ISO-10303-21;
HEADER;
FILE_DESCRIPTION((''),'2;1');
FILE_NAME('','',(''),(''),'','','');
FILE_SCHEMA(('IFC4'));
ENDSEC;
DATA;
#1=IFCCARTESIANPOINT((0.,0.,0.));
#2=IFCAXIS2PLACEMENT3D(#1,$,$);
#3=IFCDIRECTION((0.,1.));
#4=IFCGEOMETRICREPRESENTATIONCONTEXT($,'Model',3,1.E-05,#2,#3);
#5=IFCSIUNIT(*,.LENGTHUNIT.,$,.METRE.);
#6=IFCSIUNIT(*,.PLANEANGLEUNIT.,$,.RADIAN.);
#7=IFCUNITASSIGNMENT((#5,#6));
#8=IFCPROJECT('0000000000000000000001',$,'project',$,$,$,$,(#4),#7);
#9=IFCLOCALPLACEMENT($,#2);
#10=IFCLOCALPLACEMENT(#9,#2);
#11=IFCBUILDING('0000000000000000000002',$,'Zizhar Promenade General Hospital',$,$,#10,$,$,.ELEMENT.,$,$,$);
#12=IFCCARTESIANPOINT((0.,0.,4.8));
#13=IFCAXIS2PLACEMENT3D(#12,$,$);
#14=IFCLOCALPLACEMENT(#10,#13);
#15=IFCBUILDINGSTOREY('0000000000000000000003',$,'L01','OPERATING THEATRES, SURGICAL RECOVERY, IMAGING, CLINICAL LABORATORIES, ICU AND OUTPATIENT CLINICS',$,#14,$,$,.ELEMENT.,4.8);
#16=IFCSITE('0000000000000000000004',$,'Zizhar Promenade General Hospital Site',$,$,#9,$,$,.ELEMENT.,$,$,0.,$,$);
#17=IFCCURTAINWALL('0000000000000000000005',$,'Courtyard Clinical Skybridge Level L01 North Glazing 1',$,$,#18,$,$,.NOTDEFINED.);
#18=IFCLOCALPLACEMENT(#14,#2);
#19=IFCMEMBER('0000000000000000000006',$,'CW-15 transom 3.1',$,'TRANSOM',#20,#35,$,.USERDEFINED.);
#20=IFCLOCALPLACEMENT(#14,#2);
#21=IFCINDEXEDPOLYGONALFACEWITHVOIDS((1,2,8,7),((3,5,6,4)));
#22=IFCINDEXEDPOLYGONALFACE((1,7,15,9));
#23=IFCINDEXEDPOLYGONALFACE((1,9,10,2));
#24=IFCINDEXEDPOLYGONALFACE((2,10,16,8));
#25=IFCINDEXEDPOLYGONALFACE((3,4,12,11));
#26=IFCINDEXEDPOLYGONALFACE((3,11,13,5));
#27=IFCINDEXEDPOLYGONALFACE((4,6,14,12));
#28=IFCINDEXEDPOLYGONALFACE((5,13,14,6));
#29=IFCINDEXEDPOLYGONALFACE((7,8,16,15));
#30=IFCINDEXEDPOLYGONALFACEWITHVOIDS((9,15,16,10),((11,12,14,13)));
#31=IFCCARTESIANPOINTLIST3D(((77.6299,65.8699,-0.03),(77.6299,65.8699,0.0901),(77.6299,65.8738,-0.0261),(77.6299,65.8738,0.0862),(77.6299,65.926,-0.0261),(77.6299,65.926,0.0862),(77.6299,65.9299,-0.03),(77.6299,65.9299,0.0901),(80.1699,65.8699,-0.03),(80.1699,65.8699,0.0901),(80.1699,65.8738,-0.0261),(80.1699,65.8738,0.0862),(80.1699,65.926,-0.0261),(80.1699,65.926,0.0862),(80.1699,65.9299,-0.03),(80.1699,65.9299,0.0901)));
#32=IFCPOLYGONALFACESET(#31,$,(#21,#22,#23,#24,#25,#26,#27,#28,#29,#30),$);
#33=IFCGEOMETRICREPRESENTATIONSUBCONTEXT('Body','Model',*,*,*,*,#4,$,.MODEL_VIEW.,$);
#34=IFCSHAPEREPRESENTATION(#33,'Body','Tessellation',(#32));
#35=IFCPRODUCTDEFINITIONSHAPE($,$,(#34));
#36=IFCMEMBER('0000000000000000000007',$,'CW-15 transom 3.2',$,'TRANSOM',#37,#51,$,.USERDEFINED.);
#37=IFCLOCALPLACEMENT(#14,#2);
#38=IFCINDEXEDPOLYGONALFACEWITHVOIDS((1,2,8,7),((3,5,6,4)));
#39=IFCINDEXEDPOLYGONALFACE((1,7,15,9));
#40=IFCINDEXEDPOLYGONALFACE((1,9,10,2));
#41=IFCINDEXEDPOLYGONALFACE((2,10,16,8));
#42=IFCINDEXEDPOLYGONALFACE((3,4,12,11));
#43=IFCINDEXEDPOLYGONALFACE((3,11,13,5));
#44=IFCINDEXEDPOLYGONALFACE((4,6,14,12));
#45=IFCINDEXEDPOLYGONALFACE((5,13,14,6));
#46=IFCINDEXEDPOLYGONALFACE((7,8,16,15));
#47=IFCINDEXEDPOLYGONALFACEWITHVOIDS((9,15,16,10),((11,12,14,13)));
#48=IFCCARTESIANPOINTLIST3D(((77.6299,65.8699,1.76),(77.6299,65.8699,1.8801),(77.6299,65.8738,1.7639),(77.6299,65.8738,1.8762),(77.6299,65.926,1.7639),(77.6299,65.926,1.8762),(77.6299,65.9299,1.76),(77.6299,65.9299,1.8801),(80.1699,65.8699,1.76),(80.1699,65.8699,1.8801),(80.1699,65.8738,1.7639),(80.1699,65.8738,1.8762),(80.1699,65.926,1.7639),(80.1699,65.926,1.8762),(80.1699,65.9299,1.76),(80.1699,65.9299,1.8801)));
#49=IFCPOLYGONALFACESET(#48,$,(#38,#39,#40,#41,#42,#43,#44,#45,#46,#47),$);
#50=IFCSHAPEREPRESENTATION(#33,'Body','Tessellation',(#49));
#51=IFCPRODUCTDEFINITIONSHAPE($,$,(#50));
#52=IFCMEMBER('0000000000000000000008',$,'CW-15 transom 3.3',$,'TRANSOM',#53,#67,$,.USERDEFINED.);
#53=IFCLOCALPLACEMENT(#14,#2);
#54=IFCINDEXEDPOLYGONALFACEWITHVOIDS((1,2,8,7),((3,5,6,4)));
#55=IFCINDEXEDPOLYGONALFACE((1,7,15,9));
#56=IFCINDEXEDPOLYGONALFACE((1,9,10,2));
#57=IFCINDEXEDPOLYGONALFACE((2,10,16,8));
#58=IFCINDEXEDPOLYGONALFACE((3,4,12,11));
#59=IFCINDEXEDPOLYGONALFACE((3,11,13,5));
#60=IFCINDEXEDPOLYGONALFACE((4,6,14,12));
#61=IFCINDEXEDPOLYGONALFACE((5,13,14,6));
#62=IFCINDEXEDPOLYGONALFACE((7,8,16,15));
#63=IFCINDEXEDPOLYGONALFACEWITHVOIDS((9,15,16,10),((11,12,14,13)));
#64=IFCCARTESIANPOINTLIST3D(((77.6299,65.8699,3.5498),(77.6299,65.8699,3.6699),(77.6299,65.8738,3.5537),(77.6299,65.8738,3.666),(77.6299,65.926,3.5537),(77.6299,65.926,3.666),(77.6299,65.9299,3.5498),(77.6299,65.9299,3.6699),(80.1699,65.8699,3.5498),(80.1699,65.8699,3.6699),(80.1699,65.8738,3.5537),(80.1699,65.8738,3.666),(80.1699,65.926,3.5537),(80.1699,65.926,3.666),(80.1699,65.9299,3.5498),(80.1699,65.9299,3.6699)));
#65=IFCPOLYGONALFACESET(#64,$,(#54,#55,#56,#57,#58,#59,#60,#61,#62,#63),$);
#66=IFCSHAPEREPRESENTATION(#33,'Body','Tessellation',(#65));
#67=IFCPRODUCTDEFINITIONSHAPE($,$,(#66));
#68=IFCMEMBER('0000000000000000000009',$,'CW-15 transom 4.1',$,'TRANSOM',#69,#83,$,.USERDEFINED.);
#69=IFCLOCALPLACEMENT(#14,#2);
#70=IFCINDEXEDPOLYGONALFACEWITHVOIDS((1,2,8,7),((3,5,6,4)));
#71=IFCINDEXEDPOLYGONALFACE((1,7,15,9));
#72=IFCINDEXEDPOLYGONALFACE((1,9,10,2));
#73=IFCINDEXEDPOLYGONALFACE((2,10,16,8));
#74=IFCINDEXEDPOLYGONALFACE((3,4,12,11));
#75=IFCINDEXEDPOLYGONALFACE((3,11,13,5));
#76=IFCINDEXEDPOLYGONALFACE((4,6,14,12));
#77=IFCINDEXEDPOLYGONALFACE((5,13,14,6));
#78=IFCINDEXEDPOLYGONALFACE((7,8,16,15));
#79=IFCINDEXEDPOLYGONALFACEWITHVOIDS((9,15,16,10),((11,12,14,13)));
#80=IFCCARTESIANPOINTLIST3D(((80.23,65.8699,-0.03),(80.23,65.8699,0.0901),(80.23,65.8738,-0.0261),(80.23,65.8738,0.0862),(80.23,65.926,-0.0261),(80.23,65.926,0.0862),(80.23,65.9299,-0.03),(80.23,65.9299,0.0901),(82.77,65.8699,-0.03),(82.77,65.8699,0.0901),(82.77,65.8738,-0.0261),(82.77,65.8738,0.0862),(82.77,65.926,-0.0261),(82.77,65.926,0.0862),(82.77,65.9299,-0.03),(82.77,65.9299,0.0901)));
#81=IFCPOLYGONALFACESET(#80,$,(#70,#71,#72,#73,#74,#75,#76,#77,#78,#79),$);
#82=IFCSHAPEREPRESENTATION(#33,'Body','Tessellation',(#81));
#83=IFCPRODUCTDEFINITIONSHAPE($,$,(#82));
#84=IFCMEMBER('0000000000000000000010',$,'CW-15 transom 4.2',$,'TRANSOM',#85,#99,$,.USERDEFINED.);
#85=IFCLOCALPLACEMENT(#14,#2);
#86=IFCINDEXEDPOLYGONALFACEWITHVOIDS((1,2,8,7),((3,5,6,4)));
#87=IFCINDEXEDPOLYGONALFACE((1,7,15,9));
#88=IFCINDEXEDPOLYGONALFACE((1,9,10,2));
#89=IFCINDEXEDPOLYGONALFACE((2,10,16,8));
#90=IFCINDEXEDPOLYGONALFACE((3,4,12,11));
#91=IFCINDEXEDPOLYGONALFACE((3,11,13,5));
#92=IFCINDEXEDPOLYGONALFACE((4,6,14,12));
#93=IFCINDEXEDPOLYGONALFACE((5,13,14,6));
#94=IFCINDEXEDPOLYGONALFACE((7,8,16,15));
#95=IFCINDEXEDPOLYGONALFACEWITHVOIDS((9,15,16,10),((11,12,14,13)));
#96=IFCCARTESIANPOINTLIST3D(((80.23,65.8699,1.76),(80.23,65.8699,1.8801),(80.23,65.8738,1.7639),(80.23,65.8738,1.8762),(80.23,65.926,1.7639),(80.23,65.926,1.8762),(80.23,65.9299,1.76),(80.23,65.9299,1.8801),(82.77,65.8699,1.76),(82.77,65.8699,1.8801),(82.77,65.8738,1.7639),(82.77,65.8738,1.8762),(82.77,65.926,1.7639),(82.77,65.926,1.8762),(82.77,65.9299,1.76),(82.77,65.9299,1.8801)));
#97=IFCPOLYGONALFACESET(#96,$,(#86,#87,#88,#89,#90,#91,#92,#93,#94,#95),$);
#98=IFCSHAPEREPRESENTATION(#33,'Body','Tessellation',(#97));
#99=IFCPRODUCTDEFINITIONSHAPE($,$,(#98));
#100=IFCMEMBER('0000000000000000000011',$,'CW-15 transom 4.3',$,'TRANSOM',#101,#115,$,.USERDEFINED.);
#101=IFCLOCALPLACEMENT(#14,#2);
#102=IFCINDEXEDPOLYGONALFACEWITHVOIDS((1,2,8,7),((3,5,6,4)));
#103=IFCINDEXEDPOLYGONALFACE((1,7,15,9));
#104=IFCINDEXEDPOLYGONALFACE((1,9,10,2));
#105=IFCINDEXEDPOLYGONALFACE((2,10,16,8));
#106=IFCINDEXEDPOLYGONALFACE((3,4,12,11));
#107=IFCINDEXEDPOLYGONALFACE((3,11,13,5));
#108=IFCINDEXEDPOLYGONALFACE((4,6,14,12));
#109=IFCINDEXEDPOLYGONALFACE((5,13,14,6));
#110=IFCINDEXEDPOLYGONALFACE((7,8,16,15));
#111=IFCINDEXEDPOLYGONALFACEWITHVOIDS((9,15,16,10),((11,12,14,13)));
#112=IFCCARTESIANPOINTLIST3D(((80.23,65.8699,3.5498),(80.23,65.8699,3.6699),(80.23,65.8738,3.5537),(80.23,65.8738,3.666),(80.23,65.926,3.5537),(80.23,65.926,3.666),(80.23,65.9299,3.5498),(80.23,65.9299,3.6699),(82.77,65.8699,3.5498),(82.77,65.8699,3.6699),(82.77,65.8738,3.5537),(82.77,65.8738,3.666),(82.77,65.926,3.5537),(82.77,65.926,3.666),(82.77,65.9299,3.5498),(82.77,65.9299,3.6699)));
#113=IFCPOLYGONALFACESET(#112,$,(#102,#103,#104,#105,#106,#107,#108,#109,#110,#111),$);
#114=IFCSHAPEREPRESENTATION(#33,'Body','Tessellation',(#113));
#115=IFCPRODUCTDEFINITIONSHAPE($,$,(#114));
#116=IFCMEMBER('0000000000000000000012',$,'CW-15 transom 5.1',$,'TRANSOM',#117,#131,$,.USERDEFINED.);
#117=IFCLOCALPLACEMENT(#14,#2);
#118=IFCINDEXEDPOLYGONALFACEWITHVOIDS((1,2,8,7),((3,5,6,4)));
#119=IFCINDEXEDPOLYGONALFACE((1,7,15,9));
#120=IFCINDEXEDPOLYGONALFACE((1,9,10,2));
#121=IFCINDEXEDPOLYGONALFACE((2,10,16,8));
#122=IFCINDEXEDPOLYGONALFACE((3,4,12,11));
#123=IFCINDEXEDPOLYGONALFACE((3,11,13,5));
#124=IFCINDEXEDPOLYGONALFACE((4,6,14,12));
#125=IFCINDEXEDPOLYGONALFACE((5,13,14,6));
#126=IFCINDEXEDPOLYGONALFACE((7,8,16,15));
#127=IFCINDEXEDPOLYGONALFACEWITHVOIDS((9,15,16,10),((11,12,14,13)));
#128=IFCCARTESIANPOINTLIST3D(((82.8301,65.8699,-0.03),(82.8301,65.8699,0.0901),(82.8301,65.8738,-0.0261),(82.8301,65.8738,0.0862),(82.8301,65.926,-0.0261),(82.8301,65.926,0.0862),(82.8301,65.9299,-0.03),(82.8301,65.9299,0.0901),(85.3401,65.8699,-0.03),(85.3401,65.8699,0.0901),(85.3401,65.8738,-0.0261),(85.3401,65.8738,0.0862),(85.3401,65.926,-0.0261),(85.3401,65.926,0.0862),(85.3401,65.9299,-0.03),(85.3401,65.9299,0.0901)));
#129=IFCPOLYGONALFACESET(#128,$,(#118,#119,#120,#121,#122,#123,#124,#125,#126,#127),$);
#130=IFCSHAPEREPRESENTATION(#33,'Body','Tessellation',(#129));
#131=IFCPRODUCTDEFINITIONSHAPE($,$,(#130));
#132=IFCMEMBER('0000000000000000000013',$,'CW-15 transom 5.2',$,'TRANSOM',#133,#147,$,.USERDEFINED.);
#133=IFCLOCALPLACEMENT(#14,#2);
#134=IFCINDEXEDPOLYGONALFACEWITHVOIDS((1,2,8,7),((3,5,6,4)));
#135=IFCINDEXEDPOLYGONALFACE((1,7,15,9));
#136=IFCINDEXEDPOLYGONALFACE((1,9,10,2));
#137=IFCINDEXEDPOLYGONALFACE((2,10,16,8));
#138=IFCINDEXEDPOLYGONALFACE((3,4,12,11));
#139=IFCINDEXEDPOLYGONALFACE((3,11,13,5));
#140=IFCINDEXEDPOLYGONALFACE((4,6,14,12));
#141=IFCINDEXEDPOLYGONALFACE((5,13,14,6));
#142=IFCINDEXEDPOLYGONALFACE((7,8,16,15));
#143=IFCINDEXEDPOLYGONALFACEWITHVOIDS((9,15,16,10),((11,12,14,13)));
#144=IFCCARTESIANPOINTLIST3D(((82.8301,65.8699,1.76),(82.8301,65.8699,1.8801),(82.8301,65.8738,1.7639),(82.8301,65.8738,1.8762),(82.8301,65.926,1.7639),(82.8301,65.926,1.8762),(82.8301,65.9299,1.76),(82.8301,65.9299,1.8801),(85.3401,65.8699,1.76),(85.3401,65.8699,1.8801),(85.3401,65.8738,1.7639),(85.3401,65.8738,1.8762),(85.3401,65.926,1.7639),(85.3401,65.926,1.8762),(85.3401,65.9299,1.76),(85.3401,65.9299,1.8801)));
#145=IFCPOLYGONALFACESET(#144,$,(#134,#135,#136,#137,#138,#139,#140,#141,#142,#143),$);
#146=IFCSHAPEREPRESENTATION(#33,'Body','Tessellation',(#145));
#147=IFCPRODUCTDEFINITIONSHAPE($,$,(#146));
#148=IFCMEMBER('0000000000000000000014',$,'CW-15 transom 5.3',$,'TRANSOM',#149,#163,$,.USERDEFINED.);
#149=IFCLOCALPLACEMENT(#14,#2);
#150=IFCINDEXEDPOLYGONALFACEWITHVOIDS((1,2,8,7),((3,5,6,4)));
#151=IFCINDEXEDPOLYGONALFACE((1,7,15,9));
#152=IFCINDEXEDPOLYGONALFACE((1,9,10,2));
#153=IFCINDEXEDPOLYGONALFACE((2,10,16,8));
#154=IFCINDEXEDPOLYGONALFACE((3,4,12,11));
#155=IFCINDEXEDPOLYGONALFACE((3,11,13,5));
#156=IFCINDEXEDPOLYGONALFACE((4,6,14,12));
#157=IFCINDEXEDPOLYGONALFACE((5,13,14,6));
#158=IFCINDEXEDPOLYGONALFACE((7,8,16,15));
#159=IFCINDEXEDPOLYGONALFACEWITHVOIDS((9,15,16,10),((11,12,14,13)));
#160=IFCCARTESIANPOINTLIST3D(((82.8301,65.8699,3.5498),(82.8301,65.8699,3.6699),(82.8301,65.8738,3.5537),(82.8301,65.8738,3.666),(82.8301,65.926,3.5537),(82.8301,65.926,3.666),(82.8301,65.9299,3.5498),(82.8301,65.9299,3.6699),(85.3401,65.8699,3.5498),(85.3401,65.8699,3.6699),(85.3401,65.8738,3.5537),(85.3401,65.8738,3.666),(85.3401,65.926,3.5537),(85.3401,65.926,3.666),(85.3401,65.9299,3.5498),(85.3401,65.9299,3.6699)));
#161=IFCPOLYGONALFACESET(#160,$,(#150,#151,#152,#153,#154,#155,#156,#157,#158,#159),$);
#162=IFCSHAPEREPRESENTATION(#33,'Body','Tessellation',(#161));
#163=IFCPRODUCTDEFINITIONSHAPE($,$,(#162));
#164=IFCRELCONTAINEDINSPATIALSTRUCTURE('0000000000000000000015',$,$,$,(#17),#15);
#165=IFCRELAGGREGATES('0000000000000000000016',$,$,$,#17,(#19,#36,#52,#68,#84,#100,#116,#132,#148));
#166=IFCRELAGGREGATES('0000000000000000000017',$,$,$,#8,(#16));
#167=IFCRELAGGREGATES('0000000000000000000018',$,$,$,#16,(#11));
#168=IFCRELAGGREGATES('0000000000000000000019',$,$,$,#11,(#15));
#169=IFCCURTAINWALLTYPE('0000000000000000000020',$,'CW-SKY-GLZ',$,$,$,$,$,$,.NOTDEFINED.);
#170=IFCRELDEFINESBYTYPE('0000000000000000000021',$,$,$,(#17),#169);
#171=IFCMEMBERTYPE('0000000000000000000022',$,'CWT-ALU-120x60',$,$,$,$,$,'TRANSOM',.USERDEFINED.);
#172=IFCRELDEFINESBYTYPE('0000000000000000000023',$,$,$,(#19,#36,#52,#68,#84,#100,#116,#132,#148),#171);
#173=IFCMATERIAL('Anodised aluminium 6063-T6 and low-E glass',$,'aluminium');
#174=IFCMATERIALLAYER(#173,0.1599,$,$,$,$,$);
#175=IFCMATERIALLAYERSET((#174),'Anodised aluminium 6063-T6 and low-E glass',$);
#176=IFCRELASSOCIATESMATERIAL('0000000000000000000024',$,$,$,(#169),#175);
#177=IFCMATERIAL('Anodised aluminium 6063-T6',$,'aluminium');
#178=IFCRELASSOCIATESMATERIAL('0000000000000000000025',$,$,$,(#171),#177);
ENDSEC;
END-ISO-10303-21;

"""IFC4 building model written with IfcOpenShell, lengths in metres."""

from ifc_helpers import new_model, si_unit, direction, frame, origin, origin_2d, place, context, subcontext, project, spatial, hollow_rectangle, extrude, material, layer, layer_set, material_profile, profile_set, type_object, element, aggregate, save


model = new_model("IFC4")

# Units and contexts
model_context = context("Model", 3, precision=1e-05, world=origin(), true_north=direction((0.0, 1.0)))
body_context = subcontext(model_context, "Body", "Model", "MODEL_VIEW")
ifc_project = project(units=[si_unit("LENGTHUNIT", "METRE"), si_unit("PLANEANGLEUNIT", "RADIAN")], contexts=[model_context])

# Site, building, storey
site_placement = place(None, origin())
site = spatial("IfcSite", under=ifc_project, at=site_placement, Name="Zizhar Promenade General Hospital Site", CompositionType="ELEMENT", RefElevation=0.0)
building_placement = place(site_placement, origin())
building = spatial("IfcBuilding", under=site, at=building_placement, Name="Zizhar Promenade General Hospital", CompositionType="ELEMENT")
storey_placement = place(building_placement, frame((0.0, 0.0, 4.8)))
storey = spatial("IfcBuildingStorey", under=building, at=storey_placement, Name="L01", Description="OPERATING THEATRES, SURGICAL RECOVERY, IMAGING, CLINICAL LABORATORIES, ICU AND OUTPATIENT CLINICS", CompositionType="ELEMENT", Elevation=4.8)

# Curtain wall
ifc_material_1 = material(Name="Anodised aluminium 6063-T6 and low-E glass", Category="aluminium")
ifc_layer_1 = layer(ifc_material_1, 0.1599)
ifc_layer_set_1 = layer_set([ifc_layer_1], Name="Anodised aluminium 6063-T6 and low-E glass")
curtain_wall_type = type_object("IfcCurtainWallType", Name="CW-SKY-GLZ", PredefinedType="NOTDEFINED", material=ifc_layer_set_1)
curtain_wall_1_placement = place(storey_placement, origin())
curtain_wall_1 = element("IfcCurtainWall", 1, at=curtain_wall_1_placement, inside=storey, type_object=curtain_wall_type, Name="Courtyard Clinical Skybridge Level L01 North Glazing 1", PredefinedType="NOTDEFINED")

# Members
ifc_material_2 = material(Name="Anodised aluminium 6063-T6", Category="aluminium")
ifc_material_profile_1 = material_profile(ifc_material_2, hollow_rectangle(XDim=0.0601, YDim=0.1201, WallThickness=0.0039, at=origin_2d()))
ifc_profile_set_1 = profile_set([ifc_material_profile_1], Name="Anodised aluminium 6063-T6")
member_type_1 = type_object("IfcMemberType", Name="CWT-ALU-120x60", ElementType="TRANSOM", PredefinedType="USERDEFINED", material=ifc_profile_set_1)
member_1_placement = place(storey_placement, frame((77.6299, 65.8999, 0.03), z_axis=(1.0, 0.0, 0.0), x_axis=(0.0, 1.0, 0.0)))
member_1 = element("IfcMember", 2, at=member_1_placement, type_object=member_type_1, Name="CW-15 transom 3.1", ObjectType="TRANSOM", PredefinedType="USERDEFINED", context=body_context, shape_type="SweptSolid", body=[
    extrude(hollow_rectangle(XDim=0.0601, YDim=0.1201, WallThickness=0.0039, at=origin_2d()), origin(), (0.0, 0.0, 1.0), 2.54),
])
member_2_placement = place(storey_placement, frame((77.6299, 65.8999, 1.8201), z_axis=(1.0, 0.0, 0.0), x_axis=(0.0, 1.0, 0.0)))
member_2 = element("IfcMember", 3, at=member_2_placement, type_object=member_type_1, Name="CW-15 transom 3.2", ObjectType="TRANSOM", PredefinedType="USERDEFINED", context=body_context, shape_type="SweptSolid", body=[
    extrude(hollow_rectangle(XDim=0.0601, YDim=0.1201, WallThickness=0.0039, at=origin_2d()), origin(), (0.0, 0.0, 1.0), 2.54),
])
member_3_placement = place(storey_placement, frame((77.6299, 65.8999, 3.6099), z_axis=(1.0, 0.0, 0.0), x_axis=(0.0, 1.0, 0.0)))
member_3 = element("IfcMember", 4, at=member_3_placement, type_object=member_type_1, Name="CW-15 transom 3.3", ObjectType="TRANSOM", PredefinedType="USERDEFINED", context=body_context, shape_type="SweptSolid", body=[
    extrude(hollow_rectangle(XDim=0.0601, YDim=0.1201, WallThickness=0.0039, at=origin_2d()), origin(), (0.0, 0.0, 1.0), 2.54),
])
member_4_placement = place(storey_placement, frame((80.23, 65.8999, 0.03), z_axis=(1.0, 0.0, 0.0), x_axis=(0.0, 1.0, 0.0)))
member_4 = element("IfcMember", 5, at=member_4_placement, type_object=member_type_1, Name="CW-15 transom 4.1", ObjectType="TRANSOM", PredefinedType="USERDEFINED", context=body_context, shape_type="SweptSolid", body=[
    extrude(hollow_rectangle(XDim=0.0601, YDim=0.1201, WallThickness=0.0039, at=origin_2d()), origin(), (0.0, 0.0, 1.0), 2.54),
])
member_5_placement = place(storey_placement, frame((80.23, 65.8999, 1.8201), z_axis=(1.0, 0.0, 0.0), x_axis=(0.0, 1.0, 0.0)))
member_5 = element("IfcMember", 6, at=member_5_placement, type_object=member_type_1, Name="CW-15 transom 4.2", ObjectType="TRANSOM", PredefinedType="USERDEFINED", context=body_context, shape_type="SweptSolid", body=[
    extrude(hollow_rectangle(XDim=0.0601, YDim=0.1201, WallThickness=0.0039, at=origin_2d()), origin(), (0.0, 0.0, 1.0), 2.54),
])
member_6_placement = place(storey_placement, frame((80.23, 65.8999, 3.6099), z_axis=(1.0, 0.0, 0.0), x_axis=(0.0, 1.0, 0.0)))
member_6 = element("IfcMember", 7, at=member_6_placement, type_object=member_type_1, Name="CW-15 transom 4.3", ObjectType="TRANSOM", PredefinedType="USERDEFINED", context=body_context, shape_type="SweptSolid", body=[
    extrude(hollow_rectangle(XDim=0.0601, YDim=0.1201, WallThickness=0.0039, at=origin_2d()), origin(), (0.0, 0.0, 1.0), 2.54),
])
member_7_placement = place(storey_placement, frame((82.8301, 65.8999, 0.03), z_axis=(1.0, 0.0, 0.0), x_axis=(0.0, 1.0, 0.0)))
member_7 = element("IfcMember", 8, at=member_7_placement, type_object=member_type_1, Name="CW-15 transom 5.1", ObjectType="TRANSOM", PredefinedType="USERDEFINED", context=body_context, shape_type="SweptSolid", body=[
    extrude(hollow_rectangle(XDim=0.0601, YDim=0.1201, WallThickness=0.0039, at=origin_2d()), origin(), (0.0, 0.0, 1.0), 2.51),
])
member_8_placement = place(storey_placement, frame((82.8301, 65.8999, 1.8201), z_axis=(1.0, 0.0, 0.0), x_axis=(0.0, 1.0, 0.0)))
member_8 = element("IfcMember", 9, at=member_8_placement, type_object=member_type_1, Name="CW-15 transom 5.2", ObjectType="TRANSOM", PredefinedType="USERDEFINED", context=body_context, shape_type="SweptSolid", body=[
    extrude(hollow_rectangle(XDim=0.0601, YDim=0.1201, WallThickness=0.0039, at=origin_2d()), origin(), (0.0, 0.0, 1.0), 2.51),
])
member_9_placement = place(storey_placement, frame((82.8301, 65.8999, 3.6099), z_axis=(1.0, 0.0, 0.0), x_axis=(0.0, 1.0, 0.0)))
member_9 = element("IfcMember", 10, at=member_9_placement, type_object=member_type_1, Name="CW-15 transom 5.3", ObjectType="TRANSOM", PredefinedType="USERDEFINED", context=body_context, shape_type="SweptSolid", body=[
    extrude(hollow_rectangle(XDim=0.0601, YDim=0.1201, WallThickness=0.0039, at=origin_2d()), origin(), (0.0, 0.0, 1.0), 2.51),
])

aggregate(curtain_wall_1, [member_1, member_2, member_3, member_4, member_5, member_6, member_7, member_8, member_9])

save(model, "model.ifc")
